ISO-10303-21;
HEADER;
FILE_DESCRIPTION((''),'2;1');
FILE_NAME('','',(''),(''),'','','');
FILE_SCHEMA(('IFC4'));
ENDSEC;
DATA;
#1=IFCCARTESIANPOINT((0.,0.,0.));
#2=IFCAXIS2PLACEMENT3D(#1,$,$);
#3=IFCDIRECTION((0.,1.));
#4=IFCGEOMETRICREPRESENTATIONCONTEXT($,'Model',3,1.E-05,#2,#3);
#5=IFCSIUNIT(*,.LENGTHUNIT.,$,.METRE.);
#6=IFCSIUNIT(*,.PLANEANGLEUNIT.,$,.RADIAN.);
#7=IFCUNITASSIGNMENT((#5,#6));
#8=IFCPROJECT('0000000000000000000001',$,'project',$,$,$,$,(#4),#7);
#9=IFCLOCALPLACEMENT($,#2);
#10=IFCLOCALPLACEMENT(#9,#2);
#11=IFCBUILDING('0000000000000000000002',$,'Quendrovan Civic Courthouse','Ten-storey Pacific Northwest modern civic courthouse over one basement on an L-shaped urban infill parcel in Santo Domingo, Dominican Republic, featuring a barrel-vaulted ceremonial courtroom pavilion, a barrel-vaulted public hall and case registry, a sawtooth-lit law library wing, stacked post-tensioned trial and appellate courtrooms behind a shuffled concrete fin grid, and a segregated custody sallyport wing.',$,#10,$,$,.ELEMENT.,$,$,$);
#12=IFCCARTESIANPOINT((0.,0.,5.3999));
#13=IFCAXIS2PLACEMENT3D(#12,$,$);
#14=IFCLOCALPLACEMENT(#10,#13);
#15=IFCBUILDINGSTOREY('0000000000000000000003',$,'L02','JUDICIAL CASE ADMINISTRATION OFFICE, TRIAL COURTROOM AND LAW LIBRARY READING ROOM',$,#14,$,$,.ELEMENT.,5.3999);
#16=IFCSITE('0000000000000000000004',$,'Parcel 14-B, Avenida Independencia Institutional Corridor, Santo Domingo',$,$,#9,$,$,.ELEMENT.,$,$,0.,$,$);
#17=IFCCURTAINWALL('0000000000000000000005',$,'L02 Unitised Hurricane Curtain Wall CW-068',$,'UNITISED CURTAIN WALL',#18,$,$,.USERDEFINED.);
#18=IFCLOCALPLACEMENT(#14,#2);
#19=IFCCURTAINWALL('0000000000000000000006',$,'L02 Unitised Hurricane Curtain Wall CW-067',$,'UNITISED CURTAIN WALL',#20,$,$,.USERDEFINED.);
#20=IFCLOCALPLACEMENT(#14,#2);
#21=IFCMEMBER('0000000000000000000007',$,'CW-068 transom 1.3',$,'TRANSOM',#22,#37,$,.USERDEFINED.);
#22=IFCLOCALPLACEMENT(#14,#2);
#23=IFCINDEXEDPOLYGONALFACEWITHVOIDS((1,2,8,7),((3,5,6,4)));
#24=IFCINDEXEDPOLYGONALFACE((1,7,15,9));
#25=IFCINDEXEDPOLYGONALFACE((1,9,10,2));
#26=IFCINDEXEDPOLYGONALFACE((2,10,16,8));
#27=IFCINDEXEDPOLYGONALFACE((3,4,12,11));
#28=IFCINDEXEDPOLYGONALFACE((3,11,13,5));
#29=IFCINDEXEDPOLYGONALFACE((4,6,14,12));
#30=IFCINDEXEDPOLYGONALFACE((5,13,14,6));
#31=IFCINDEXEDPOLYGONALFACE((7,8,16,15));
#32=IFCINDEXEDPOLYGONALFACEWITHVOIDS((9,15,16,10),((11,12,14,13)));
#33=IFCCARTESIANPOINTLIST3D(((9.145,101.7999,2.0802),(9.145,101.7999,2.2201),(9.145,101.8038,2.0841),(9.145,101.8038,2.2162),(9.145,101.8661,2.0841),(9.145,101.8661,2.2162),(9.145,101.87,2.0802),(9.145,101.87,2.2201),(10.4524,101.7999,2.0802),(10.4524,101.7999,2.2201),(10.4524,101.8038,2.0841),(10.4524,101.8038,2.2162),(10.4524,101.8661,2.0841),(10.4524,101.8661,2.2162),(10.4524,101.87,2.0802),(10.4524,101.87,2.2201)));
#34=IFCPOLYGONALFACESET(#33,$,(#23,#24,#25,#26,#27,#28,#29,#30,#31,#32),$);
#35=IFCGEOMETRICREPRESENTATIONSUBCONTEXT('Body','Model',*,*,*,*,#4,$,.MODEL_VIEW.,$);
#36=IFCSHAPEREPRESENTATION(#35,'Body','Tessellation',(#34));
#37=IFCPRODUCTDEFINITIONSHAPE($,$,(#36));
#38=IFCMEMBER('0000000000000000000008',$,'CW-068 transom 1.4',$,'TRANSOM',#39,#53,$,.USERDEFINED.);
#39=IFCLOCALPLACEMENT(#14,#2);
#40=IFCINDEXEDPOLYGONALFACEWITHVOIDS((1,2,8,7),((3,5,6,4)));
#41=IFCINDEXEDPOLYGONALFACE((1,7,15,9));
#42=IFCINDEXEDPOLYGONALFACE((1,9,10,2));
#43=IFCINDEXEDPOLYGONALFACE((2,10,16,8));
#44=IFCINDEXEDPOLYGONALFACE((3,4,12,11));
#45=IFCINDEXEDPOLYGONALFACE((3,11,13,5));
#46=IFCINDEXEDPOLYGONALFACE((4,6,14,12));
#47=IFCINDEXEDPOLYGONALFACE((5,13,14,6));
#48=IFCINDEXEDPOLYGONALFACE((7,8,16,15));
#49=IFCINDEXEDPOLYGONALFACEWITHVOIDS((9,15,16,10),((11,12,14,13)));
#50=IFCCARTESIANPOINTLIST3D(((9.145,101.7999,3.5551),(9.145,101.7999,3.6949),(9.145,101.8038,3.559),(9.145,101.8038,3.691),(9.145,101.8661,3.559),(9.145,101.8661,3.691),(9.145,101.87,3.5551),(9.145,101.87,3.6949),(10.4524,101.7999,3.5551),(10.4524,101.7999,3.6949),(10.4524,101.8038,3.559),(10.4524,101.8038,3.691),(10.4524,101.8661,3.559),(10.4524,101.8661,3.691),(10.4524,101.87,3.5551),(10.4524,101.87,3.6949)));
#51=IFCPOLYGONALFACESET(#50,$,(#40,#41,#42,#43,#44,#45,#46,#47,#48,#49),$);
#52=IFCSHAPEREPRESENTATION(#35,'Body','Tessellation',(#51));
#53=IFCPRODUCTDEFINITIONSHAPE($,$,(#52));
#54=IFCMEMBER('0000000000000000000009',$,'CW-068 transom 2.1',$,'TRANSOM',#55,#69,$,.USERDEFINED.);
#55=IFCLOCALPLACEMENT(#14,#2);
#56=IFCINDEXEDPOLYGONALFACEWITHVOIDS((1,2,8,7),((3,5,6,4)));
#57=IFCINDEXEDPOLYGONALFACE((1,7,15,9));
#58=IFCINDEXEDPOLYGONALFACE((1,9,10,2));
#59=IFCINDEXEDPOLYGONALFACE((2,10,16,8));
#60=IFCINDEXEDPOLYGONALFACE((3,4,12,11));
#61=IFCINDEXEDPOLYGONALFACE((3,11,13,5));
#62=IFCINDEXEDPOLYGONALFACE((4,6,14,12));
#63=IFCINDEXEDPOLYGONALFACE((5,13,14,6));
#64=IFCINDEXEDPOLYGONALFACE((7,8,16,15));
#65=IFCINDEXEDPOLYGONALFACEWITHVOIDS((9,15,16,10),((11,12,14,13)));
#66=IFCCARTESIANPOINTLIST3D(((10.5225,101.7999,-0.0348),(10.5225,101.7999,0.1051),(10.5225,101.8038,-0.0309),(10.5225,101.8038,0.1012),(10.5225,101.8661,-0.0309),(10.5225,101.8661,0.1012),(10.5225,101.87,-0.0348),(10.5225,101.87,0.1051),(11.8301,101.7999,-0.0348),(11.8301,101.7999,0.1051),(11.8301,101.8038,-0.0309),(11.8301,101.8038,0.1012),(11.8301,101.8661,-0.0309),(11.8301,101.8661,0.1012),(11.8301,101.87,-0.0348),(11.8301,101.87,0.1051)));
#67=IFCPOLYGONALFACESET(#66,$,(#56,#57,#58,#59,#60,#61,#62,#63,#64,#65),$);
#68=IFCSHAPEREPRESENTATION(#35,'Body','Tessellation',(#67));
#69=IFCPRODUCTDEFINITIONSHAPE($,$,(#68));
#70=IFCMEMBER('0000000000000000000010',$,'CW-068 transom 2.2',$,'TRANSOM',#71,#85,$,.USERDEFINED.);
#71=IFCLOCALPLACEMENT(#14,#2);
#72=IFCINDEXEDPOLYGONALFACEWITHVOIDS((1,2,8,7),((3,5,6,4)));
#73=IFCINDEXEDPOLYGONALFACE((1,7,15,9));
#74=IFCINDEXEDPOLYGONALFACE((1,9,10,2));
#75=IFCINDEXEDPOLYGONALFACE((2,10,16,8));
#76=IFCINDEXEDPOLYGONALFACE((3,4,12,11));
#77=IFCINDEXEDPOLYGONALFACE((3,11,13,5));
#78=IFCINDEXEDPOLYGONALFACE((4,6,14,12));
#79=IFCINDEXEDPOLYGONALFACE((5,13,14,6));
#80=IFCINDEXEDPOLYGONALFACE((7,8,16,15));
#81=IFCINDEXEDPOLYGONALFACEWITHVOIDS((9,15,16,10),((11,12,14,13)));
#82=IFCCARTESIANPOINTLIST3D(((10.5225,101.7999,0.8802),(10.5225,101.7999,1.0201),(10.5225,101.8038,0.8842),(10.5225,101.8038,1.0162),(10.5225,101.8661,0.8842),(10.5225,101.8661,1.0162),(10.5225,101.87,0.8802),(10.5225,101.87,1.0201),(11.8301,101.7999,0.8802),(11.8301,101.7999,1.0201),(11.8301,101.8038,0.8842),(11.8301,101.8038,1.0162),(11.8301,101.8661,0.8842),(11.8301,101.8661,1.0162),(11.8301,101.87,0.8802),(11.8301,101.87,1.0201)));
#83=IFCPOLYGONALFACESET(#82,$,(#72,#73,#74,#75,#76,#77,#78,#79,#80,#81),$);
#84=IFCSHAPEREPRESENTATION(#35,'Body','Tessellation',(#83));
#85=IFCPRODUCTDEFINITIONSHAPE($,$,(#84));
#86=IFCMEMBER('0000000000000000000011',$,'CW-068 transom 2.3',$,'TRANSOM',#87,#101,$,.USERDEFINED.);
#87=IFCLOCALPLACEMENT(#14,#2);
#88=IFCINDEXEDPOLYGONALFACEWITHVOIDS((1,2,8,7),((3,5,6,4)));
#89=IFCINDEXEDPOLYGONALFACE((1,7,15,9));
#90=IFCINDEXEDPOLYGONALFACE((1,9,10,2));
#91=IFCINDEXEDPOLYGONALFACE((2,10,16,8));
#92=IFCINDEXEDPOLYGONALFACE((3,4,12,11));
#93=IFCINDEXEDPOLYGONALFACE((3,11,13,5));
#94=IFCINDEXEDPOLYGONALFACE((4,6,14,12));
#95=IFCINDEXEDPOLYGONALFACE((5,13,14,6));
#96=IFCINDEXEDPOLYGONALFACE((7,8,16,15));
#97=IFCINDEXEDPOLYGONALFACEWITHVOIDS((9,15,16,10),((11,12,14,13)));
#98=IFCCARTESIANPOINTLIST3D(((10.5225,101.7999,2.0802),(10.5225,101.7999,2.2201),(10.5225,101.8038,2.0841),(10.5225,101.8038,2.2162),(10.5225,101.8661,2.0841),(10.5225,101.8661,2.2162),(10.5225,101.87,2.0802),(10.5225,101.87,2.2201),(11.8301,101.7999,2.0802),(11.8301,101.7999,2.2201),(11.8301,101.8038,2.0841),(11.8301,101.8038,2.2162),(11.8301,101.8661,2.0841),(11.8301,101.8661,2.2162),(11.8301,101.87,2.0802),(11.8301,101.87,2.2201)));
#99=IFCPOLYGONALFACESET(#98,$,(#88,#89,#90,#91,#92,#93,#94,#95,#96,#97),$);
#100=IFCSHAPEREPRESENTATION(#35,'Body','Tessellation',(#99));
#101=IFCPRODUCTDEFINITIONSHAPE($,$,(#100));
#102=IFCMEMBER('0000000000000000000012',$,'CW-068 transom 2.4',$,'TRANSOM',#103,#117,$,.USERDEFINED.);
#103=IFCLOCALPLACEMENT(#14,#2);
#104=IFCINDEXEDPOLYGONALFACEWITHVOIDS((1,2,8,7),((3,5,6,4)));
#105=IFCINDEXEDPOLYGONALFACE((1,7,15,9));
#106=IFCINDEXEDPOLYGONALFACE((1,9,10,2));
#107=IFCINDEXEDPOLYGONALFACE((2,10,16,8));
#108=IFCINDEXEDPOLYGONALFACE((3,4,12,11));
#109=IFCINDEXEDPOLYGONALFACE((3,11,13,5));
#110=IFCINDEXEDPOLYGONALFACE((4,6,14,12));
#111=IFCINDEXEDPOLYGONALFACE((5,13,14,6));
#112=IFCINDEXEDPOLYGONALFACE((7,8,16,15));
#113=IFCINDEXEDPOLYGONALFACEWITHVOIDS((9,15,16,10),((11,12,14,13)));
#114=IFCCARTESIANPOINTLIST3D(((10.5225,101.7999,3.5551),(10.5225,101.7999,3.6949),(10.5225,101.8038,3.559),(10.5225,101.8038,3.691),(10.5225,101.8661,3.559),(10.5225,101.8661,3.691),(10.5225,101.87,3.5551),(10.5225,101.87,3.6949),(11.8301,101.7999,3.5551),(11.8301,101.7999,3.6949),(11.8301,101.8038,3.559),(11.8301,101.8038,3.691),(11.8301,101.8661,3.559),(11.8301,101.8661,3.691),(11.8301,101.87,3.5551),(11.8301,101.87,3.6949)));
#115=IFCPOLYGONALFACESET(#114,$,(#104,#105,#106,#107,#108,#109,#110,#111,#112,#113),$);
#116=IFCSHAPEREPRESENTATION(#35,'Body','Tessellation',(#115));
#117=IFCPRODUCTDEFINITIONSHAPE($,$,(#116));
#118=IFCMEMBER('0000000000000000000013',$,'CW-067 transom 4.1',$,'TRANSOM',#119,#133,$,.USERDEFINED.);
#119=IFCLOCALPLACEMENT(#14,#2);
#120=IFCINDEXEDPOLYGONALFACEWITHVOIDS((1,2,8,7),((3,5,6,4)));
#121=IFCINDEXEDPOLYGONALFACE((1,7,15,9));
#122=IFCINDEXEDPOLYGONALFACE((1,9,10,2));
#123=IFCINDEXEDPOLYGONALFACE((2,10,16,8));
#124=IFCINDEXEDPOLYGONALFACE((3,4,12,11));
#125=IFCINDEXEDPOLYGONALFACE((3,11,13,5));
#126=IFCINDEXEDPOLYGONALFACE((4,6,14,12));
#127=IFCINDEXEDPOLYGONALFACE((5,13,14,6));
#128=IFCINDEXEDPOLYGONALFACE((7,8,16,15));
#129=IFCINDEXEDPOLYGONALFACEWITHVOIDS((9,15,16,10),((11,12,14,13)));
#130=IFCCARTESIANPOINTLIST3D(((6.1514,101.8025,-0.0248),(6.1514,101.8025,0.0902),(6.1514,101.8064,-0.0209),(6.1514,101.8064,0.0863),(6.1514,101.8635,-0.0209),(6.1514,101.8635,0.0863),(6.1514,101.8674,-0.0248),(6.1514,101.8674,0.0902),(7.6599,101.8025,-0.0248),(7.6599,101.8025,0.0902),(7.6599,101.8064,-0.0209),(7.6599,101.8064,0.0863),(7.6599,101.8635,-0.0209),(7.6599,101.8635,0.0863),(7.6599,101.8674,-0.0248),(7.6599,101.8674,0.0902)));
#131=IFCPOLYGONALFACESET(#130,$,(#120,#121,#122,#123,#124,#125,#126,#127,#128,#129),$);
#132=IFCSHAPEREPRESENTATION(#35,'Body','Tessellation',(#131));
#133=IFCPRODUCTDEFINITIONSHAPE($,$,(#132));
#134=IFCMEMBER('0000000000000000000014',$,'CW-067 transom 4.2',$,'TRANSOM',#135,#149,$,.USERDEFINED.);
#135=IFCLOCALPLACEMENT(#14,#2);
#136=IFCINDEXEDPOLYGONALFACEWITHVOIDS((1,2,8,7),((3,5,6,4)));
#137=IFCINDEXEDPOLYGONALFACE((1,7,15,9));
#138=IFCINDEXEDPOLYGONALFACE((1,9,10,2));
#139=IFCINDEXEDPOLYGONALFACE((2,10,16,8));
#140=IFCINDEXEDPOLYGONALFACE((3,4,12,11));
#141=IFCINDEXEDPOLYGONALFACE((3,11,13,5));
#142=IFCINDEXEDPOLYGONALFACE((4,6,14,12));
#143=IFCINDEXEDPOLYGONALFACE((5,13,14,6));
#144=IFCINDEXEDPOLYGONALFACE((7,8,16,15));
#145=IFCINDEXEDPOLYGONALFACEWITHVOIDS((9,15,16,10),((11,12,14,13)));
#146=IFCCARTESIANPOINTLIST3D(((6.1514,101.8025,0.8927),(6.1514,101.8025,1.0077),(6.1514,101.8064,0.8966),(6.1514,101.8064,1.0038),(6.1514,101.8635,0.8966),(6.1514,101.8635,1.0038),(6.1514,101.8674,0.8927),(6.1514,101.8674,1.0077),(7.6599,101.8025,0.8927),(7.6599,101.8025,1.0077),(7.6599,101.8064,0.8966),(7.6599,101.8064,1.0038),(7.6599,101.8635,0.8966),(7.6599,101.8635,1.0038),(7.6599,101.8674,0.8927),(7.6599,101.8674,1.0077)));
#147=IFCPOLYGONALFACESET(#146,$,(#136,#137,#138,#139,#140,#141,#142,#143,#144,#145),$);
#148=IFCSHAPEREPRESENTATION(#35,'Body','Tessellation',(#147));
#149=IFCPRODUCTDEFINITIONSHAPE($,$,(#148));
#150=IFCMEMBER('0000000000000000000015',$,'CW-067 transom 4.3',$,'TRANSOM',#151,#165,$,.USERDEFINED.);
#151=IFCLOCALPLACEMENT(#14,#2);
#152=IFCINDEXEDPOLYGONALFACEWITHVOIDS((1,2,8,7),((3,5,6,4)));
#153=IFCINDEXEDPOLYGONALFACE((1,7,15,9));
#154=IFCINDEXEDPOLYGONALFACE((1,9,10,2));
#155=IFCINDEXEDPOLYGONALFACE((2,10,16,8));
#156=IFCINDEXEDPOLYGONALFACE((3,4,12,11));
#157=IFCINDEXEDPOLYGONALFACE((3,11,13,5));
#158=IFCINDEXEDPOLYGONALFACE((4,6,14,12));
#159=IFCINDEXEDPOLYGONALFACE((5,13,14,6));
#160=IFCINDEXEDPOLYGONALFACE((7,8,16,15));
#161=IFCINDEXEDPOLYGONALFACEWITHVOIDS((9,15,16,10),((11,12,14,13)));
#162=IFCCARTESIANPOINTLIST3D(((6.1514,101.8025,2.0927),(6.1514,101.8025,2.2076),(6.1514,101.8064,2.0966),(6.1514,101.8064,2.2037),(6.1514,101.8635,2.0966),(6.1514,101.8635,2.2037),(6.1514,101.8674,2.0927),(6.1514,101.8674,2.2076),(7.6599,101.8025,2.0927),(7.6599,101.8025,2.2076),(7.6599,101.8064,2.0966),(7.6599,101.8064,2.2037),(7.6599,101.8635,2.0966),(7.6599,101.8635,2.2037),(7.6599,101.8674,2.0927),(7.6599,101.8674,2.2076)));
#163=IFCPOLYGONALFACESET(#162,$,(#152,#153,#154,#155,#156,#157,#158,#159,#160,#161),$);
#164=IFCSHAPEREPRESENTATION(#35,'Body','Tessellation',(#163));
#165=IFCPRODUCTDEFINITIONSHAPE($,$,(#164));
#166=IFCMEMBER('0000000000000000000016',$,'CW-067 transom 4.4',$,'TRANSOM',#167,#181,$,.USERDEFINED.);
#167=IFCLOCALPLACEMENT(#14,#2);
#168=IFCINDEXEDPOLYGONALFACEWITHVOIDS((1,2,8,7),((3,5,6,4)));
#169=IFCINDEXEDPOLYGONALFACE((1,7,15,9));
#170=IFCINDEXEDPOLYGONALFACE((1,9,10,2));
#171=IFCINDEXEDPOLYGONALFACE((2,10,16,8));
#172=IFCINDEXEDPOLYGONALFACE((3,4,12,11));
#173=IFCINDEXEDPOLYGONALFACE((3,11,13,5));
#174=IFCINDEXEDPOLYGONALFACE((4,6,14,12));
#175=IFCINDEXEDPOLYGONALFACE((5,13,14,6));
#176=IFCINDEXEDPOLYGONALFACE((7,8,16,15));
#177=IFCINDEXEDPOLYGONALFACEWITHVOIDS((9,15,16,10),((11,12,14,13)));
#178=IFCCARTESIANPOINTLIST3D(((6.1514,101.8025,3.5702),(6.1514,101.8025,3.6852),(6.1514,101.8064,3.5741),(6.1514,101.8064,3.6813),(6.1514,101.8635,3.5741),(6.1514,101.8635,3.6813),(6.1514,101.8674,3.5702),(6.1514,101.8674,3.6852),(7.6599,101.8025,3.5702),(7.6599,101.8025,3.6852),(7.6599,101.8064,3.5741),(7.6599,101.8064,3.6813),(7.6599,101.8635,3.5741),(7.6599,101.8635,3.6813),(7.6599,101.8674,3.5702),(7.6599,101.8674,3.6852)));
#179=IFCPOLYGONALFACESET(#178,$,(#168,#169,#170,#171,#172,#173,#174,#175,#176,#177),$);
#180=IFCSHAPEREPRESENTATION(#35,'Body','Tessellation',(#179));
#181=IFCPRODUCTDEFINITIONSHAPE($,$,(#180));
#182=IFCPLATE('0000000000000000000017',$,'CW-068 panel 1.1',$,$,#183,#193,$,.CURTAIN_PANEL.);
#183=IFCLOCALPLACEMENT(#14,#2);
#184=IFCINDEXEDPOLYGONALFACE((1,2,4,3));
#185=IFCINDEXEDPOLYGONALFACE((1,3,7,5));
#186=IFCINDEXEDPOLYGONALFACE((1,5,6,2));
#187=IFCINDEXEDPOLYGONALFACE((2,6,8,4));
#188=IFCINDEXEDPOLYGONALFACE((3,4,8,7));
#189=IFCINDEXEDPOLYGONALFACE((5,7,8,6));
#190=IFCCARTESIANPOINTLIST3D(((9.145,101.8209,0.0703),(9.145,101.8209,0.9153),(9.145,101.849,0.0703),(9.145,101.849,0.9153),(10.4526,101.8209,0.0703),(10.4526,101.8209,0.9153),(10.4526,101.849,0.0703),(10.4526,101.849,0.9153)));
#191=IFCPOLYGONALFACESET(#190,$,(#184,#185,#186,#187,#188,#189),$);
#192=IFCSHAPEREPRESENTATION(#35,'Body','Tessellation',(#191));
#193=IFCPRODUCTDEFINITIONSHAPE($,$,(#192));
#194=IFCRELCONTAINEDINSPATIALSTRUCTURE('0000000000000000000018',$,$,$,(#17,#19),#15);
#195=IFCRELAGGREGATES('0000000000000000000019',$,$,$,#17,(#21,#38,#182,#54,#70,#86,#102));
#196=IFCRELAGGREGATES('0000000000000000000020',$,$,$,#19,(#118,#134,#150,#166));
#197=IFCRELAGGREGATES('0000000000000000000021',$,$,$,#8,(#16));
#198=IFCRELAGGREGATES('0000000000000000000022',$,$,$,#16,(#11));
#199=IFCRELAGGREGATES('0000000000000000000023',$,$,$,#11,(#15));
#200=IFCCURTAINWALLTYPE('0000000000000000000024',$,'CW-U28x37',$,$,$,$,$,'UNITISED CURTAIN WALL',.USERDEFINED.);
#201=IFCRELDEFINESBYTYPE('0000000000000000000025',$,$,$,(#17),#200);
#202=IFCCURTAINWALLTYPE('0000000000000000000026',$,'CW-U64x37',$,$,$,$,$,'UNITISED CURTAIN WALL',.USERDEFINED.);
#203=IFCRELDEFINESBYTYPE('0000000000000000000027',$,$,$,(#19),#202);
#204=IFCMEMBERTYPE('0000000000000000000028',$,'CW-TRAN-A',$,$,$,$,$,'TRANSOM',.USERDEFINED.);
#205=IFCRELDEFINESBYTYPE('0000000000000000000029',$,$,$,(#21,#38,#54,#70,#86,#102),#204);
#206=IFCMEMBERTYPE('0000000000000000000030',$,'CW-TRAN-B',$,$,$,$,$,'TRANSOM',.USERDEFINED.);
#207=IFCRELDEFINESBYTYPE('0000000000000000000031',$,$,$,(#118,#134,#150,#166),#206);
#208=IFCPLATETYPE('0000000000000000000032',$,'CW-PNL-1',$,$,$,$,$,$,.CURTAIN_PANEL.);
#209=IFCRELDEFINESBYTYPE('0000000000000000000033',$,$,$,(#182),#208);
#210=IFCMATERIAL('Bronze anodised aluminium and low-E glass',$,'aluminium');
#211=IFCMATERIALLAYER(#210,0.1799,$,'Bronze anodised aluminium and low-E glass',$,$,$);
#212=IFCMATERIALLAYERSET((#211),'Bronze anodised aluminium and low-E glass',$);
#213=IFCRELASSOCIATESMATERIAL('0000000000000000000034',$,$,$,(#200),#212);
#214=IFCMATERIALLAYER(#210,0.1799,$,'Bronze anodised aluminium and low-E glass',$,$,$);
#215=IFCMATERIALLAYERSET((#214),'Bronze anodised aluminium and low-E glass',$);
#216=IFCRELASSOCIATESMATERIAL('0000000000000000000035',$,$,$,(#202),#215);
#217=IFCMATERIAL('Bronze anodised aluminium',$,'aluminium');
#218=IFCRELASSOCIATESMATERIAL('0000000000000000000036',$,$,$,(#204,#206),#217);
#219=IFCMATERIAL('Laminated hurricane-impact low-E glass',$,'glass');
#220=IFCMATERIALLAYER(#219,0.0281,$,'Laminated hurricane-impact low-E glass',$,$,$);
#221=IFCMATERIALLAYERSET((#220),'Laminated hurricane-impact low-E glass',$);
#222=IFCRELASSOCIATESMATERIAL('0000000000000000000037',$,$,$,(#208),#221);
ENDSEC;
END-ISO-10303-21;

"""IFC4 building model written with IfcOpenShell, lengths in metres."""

from ifc_helpers import new_model, si_unit, direction, frame, origin, origin_2d, place, context, subcontext, project, spatial, rectangle, hollow_rectangle, extrude, material, layer, layer_set, material_profile, profile_set, type_object, element, aggregate, save


model = new_model("IFC4")

# Units and contexts
model_context = context("Model", 3, precision=1e-05, world=origin(), true_north=direction((0.0, 1.0)))
body_context = subcontext(model_context, "Body", "Model", "MODEL_VIEW")
ifc_project = project(units=[si_unit("LENGTHUNIT", "METRE"), si_unit("PLANEANGLEUNIT", "RADIAN")], contexts=[model_context])

# Site, building, storey
site_placement = place(None, origin())
site = spatial("IfcSite", under=ifc_project, at=site_placement, Name="Parcel 14-B, Avenida Independencia Institutional Corridor, Santo Domingo", CompositionType="ELEMENT", RefElevation=0.0)
building_placement = place(site_placement, origin())
building = spatial("IfcBuilding", under=site, at=building_placement, Name="Quendrovan Civic Courthouse", Description="Ten-storey Pacific Northwest modern civic courthouse over one basement on an L-shaped urban infill parcel in Santo Domingo, Dominican Republic, featuring a barrel-vaulted ceremonial courtroom pavilion, a barrel-vaulted public hall and case registry, a sawtooth-lit law library wing, stacked post-tensioned trial and appellate courtrooms behind a shuffled concrete fin grid, and a segregated custody sallyport wing.", CompositionType="ELEMENT")
storey_placement = place(building_placement, frame((0.0, 0.0, 5.3999)))
storey = spatial("IfcBuildingStorey", under=building, at=storey_placement, Name="L02", Description="JUDICIAL CASE ADMINISTRATION OFFICE, TRIAL COURTROOM AND LAW LIBRARY READING ROOM", CompositionType="ELEMENT", Elevation=5.3999)

# Curtain walls
ifc_material_1 = material(Name="Bronze anodised aluminium and low-E glass", Category="aluminium")
ifc_layer_1 = layer(ifc_material_1, 0.1799, Name="Bronze anodised aluminium and low-E glass")
ifc_layer_set_1 = layer_set([ifc_layer_1], Name="Bronze anodised aluminium and low-E glass")
curtain_wall_type_1 = type_object("IfcCurtainWallType", Name="CW-U28x37", ElementType="UNITISED CURTAIN WALL", PredefinedType="USERDEFINED", material=ifc_layer_set_1)
curtain_wall_1_placement = place(storey_placement, origin())
curtain_wall_1 = element("IfcCurtainWall", 1, at=curtain_wall_1_placement, inside=storey, type_object=curtain_wall_type_1, Name="L02 Unitised Hurricane Curtain Wall CW-068", ObjectType="UNITISED CURTAIN WALL", PredefinedType="USERDEFINED")
ifc_material_2 = material(Name="Bronze anodised aluminium", Category="aluminium")
ifc_layer_2 = layer(ifc_material_1, 0.1799, Name="Bronze anodised aluminium and low-E glass")
ifc_layer_set_2 = layer_set([ifc_layer_2], Name="Bronze anodised aluminium and low-E glass")
curtain_wall_type_2 = type_object("IfcCurtainWallType", Name="CW-U64x37", ElementType="UNITISED CURTAIN WALL", PredefinedType="USERDEFINED", material=ifc_layer_set_2)
curtain_wall_2_placement = place(storey_placement, origin())
curtain_wall_2 = element("IfcCurtainWall", 2, at=curtain_wall_2_placement, inside=storey, type_object=curtain_wall_type_2, Name="L02 Unitised Hurricane Curtain Wall CW-067", ObjectType="UNITISED CURTAIN WALL", PredefinedType="USERDEFINED")

# Members
ifc_material_profile_1 = material_profile(ifc_material_2, hollow_rectangle(XDim=0.0701, YDim=0.1399, WallThickness=0.0039, at=origin_2d()), Name="CW-TRAN-70x140")
ifc_profile_set_1 = profile_set([ifc_material_profile_1], Name="Bronze anodised aluminium")
member_type_1 = type_object("IfcMemberType", Name="CW-TRAN-A", ElementType="TRANSOM", PredefinedType="USERDEFINED", material=ifc_profile_set_1)
member_1_placement = place(storey_placement, frame((9.145, 101.835, 2.1501), z_axis=(1.0, 0.0, 0.0), x_axis=(0.0, 1.0, 0.0)))
member_1 = element("IfcMember", 3, at=member_1_placement, type_object=member_type_1, Name="CW-068 transom 1.3", ObjectType="TRANSOM", PredefinedType="USERDEFINED", context=body_context, shape_type="SweptSolid", body=[
    extrude(hollow_rectangle(XDim=0.0701, YDim=0.1399, WallThickness=0.0039, at=origin_2d()), origin(), (0.0, 0.0, 1.0), 1.3074),
])
member_2_placement = place(storey_placement, frame((9.145, 101.835, 3.625), z_axis=(1.0, 0.0, 0.0), x_axis=(0.0, 1.0, 0.0)))
member_2 = element("IfcMember", 4, at=member_2_placement, type_object=member_type_1, Name="CW-068 transom 1.4", ObjectType="TRANSOM", PredefinedType="USERDEFINED", context=body_context, shape_type="SweptSolid", body=[
    extrude(hollow_rectangle(XDim=0.0701, YDim=0.1399, WallThickness=0.0039, at=origin_2d()), origin(), (0.0, 0.0, 1.0), 1.3074),
])
member_3_placement = place(storey_placement, frame((10.5225, 101.835, 0.0352), z_axis=(1.0, 0.0, 0.0), x_axis=(0.0, 1.0, 0.0)))
member_3 = element("IfcMember", 5, at=member_3_placement, type_object=member_type_1, Name="CW-068 transom 2.1", ObjectType="TRANSOM", PredefinedType="USERDEFINED", context=body_context, shape_type="SweptSolid", body=[
    extrude(hollow_rectangle(XDim=0.0701, YDim=0.1399, WallThickness=0.0039, at=origin_2d()), origin(), (0.0, 0.0, 1.0), 1.3076),
])
member_4_placement = place(storey_placement, frame((10.5225, 101.835, 0.9502), z_axis=(1.0, 0.0, 0.0), x_axis=(0.0, 1.0, 0.0)))
member_4 = element("IfcMember", 6, at=member_4_placement, type_object=member_type_1, Name="CW-068 transom 2.2", ObjectType="TRANSOM", PredefinedType="USERDEFINED", context=body_context, shape_type="SweptSolid", body=[
    extrude(hollow_rectangle(XDim=0.0701, YDim=0.1399, WallThickness=0.0039, at=origin_2d()), origin(), (0.0, 0.0, 1.0), 1.3076),
])
member_5_placement = place(storey_placement, frame((10.5225, 101.835, 2.1501), z_axis=(1.0, 0.0, 0.0), x_axis=(0.0, 1.0, 0.0)))
member_5 = element("IfcMember", 7, at=member_5_placement, type_object=member_type_1, Name="CW-068 transom 2.3", ObjectType="TRANSOM", PredefinedType="USERDEFINED", context=body_context, shape_type="SweptSolid", body=[
    extrude(hollow_rectangle(XDim=0.0701, YDim=0.1399, WallThickness=0.0039, at=origin_2d()), origin(), (0.0, 0.0, 1.0), 1.3076),
])
member_6_placement = place(storey_placement, frame((10.5225, 101.835, 3.625), z_axis=(1.0, 0.0, 0.0), x_axis=(0.0, 1.0, 0.0)))
member_6 = element("IfcMember", 8, at=member_6_placement, type_object=member_type_1, Name="CW-068 transom 2.4", ObjectType="TRANSOM", PredefinedType="USERDEFINED", context=body_context, shape_type="SweptSolid", body=[
    extrude(hollow_rectangle(XDim=0.0701, YDim=0.1399, WallThickness=0.0039, at=origin_2d()), origin(), (0.0, 0.0, 1.0), 1.3076),
])
ifc_material_profile_2 = material_profile(ifc_material_2, hollow_rectangle(XDim=0.0649, YDim=0.115, WallThickness=0.0039, at=origin_2d()), Name="CW-TRAN-65x115")
ifc_profile_set_2 = profile_set([ifc_material_profile_2], Name="Bronze anodised aluminium")
member_type_2 = type_object("IfcMemberType", Name="CW-TRAN-B", ElementType="TRANSOM", PredefinedType="USERDEFINED", material=ifc_profile_set_2)
member_7_placement = place(storey_placement, frame((6.1514, 101.835, 0.0327), z_axis=(1.0, 0.0, 0.0), x_axis=(0.0, 1.0, 0.0)))
member_7 = element("IfcMember", 9, at=member_7_placement, type_object=member_type_2, Name="CW-067 transom 4.1", ObjectType="TRANSOM", PredefinedType="USERDEFINED", context=body_context, shape_type="SweptSolid", body=[
    extrude(hollow_rectangle(XDim=0.0649, YDim=0.115, WallThickness=0.0039, at=origin_2d()), origin(), (0.0, 0.0, 1.0), 1.5085),
])
member_8_placement = place(storey_placement, frame((6.1514, 101.835, 0.9502), z_axis=(1.0, 0.0, 0.0), x_axis=(0.0, 1.0, 0.0)))
member_8 = element("IfcMember", 10, at=member_8_placement, type_object=member_type_2, Name="CW-067 transom 4.2", ObjectType="TRANSOM", PredefinedType="USERDEFINED", context=body_context, shape_type="SweptSolid", body=[
    extrude(hollow_rectangle(XDim=0.0649, YDim=0.115, WallThickness=0.0039, at=origin_2d()), origin(), (0.0, 0.0, 1.0), 1.5085),
])
member_9_placement = place(storey_placement, frame((6.1514, 101.835, 2.1501), z_axis=(1.0, 0.0, 0.0), x_axis=(0.0, 1.0, 0.0)))
member_9 = element("IfcMember", 11, at=member_9_placement, type_object=member_type_2, Name="CW-067 transom 4.3", ObjectType="TRANSOM", PredefinedType="USERDEFINED", context=body_context, shape_type="SweptSolid", body=[
    extrude(hollow_rectangle(XDim=0.0649, YDim=0.115, WallThickness=0.0039, at=origin_2d()), origin(), (0.0, 0.0, 1.0), 1.5085),
])
member_10_placement = place(storey_placement, frame((6.1514, 101.835, 3.6277), z_axis=(1.0, 0.0, 0.0), x_axis=(0.0, 1.0, 0.0)))
member_10 = element("IfcMember", 12, at=member_10_placement, type_object=member_type_2, Name="CW-067 transom 4.4", ObjectType="TRANSOM", PredefinedType="USERDEFINED", context=body_context, shape_type="SweptSolid", body=[
    extrude(hollow_rectangle(XDim=0.0649, YDim=0.115, WallThickness=0.0039, at=origin_2d()), origin(), (0.0, 0.0, 1.0), 1.5085),
])

# Plate
ifc_material_3 = material(Name="Laminated hurricane-impact low-E glass", Category="glass")
ifc_layer_3 = layer(ifc_material_3, 0.0281, Name="Laminated hurricane-impact low-E glass")
ifc_layer_set_3 = layer_set([ifc_layer_3], Name="Laminated hurricane-impact low-E glass")
plate_type_1 = type_object("IfcPlateType", Name="CW-PNL-1", PredefinedType="CURTAIN_PANEL", material=ifc_layer_set_3)
plate_1_placement = place(storey_placement, frame((9.7988, 101.835, 0.0703), z_axis=(0.0, 0.0, 1.0), x_axis=(1.0, 0.0, 0.0)))
plate_1 = element("IfcPlate", 13, at=plate_1_placement, type_object=plate_type_1, Name="CW-068 panel 1.1", PredefinedType="CURTAIN_PANEL", context=body_context, shape_type="SweptSolid", body=[
    extrude(rectangle(XDim=1.3076, YDim=0.0281, at=origin_2d()), origin(), (0.0, 0.0, 1.0), 0.845),
])
aggregate(curtain_wall_1, [member_1, member_2, plate_1, member_3, member_4, member_5, member_6])
aggregate(curtain_wall_2, [member_7, member_8, member_9, member_10])

save(model, "model.ifc")
